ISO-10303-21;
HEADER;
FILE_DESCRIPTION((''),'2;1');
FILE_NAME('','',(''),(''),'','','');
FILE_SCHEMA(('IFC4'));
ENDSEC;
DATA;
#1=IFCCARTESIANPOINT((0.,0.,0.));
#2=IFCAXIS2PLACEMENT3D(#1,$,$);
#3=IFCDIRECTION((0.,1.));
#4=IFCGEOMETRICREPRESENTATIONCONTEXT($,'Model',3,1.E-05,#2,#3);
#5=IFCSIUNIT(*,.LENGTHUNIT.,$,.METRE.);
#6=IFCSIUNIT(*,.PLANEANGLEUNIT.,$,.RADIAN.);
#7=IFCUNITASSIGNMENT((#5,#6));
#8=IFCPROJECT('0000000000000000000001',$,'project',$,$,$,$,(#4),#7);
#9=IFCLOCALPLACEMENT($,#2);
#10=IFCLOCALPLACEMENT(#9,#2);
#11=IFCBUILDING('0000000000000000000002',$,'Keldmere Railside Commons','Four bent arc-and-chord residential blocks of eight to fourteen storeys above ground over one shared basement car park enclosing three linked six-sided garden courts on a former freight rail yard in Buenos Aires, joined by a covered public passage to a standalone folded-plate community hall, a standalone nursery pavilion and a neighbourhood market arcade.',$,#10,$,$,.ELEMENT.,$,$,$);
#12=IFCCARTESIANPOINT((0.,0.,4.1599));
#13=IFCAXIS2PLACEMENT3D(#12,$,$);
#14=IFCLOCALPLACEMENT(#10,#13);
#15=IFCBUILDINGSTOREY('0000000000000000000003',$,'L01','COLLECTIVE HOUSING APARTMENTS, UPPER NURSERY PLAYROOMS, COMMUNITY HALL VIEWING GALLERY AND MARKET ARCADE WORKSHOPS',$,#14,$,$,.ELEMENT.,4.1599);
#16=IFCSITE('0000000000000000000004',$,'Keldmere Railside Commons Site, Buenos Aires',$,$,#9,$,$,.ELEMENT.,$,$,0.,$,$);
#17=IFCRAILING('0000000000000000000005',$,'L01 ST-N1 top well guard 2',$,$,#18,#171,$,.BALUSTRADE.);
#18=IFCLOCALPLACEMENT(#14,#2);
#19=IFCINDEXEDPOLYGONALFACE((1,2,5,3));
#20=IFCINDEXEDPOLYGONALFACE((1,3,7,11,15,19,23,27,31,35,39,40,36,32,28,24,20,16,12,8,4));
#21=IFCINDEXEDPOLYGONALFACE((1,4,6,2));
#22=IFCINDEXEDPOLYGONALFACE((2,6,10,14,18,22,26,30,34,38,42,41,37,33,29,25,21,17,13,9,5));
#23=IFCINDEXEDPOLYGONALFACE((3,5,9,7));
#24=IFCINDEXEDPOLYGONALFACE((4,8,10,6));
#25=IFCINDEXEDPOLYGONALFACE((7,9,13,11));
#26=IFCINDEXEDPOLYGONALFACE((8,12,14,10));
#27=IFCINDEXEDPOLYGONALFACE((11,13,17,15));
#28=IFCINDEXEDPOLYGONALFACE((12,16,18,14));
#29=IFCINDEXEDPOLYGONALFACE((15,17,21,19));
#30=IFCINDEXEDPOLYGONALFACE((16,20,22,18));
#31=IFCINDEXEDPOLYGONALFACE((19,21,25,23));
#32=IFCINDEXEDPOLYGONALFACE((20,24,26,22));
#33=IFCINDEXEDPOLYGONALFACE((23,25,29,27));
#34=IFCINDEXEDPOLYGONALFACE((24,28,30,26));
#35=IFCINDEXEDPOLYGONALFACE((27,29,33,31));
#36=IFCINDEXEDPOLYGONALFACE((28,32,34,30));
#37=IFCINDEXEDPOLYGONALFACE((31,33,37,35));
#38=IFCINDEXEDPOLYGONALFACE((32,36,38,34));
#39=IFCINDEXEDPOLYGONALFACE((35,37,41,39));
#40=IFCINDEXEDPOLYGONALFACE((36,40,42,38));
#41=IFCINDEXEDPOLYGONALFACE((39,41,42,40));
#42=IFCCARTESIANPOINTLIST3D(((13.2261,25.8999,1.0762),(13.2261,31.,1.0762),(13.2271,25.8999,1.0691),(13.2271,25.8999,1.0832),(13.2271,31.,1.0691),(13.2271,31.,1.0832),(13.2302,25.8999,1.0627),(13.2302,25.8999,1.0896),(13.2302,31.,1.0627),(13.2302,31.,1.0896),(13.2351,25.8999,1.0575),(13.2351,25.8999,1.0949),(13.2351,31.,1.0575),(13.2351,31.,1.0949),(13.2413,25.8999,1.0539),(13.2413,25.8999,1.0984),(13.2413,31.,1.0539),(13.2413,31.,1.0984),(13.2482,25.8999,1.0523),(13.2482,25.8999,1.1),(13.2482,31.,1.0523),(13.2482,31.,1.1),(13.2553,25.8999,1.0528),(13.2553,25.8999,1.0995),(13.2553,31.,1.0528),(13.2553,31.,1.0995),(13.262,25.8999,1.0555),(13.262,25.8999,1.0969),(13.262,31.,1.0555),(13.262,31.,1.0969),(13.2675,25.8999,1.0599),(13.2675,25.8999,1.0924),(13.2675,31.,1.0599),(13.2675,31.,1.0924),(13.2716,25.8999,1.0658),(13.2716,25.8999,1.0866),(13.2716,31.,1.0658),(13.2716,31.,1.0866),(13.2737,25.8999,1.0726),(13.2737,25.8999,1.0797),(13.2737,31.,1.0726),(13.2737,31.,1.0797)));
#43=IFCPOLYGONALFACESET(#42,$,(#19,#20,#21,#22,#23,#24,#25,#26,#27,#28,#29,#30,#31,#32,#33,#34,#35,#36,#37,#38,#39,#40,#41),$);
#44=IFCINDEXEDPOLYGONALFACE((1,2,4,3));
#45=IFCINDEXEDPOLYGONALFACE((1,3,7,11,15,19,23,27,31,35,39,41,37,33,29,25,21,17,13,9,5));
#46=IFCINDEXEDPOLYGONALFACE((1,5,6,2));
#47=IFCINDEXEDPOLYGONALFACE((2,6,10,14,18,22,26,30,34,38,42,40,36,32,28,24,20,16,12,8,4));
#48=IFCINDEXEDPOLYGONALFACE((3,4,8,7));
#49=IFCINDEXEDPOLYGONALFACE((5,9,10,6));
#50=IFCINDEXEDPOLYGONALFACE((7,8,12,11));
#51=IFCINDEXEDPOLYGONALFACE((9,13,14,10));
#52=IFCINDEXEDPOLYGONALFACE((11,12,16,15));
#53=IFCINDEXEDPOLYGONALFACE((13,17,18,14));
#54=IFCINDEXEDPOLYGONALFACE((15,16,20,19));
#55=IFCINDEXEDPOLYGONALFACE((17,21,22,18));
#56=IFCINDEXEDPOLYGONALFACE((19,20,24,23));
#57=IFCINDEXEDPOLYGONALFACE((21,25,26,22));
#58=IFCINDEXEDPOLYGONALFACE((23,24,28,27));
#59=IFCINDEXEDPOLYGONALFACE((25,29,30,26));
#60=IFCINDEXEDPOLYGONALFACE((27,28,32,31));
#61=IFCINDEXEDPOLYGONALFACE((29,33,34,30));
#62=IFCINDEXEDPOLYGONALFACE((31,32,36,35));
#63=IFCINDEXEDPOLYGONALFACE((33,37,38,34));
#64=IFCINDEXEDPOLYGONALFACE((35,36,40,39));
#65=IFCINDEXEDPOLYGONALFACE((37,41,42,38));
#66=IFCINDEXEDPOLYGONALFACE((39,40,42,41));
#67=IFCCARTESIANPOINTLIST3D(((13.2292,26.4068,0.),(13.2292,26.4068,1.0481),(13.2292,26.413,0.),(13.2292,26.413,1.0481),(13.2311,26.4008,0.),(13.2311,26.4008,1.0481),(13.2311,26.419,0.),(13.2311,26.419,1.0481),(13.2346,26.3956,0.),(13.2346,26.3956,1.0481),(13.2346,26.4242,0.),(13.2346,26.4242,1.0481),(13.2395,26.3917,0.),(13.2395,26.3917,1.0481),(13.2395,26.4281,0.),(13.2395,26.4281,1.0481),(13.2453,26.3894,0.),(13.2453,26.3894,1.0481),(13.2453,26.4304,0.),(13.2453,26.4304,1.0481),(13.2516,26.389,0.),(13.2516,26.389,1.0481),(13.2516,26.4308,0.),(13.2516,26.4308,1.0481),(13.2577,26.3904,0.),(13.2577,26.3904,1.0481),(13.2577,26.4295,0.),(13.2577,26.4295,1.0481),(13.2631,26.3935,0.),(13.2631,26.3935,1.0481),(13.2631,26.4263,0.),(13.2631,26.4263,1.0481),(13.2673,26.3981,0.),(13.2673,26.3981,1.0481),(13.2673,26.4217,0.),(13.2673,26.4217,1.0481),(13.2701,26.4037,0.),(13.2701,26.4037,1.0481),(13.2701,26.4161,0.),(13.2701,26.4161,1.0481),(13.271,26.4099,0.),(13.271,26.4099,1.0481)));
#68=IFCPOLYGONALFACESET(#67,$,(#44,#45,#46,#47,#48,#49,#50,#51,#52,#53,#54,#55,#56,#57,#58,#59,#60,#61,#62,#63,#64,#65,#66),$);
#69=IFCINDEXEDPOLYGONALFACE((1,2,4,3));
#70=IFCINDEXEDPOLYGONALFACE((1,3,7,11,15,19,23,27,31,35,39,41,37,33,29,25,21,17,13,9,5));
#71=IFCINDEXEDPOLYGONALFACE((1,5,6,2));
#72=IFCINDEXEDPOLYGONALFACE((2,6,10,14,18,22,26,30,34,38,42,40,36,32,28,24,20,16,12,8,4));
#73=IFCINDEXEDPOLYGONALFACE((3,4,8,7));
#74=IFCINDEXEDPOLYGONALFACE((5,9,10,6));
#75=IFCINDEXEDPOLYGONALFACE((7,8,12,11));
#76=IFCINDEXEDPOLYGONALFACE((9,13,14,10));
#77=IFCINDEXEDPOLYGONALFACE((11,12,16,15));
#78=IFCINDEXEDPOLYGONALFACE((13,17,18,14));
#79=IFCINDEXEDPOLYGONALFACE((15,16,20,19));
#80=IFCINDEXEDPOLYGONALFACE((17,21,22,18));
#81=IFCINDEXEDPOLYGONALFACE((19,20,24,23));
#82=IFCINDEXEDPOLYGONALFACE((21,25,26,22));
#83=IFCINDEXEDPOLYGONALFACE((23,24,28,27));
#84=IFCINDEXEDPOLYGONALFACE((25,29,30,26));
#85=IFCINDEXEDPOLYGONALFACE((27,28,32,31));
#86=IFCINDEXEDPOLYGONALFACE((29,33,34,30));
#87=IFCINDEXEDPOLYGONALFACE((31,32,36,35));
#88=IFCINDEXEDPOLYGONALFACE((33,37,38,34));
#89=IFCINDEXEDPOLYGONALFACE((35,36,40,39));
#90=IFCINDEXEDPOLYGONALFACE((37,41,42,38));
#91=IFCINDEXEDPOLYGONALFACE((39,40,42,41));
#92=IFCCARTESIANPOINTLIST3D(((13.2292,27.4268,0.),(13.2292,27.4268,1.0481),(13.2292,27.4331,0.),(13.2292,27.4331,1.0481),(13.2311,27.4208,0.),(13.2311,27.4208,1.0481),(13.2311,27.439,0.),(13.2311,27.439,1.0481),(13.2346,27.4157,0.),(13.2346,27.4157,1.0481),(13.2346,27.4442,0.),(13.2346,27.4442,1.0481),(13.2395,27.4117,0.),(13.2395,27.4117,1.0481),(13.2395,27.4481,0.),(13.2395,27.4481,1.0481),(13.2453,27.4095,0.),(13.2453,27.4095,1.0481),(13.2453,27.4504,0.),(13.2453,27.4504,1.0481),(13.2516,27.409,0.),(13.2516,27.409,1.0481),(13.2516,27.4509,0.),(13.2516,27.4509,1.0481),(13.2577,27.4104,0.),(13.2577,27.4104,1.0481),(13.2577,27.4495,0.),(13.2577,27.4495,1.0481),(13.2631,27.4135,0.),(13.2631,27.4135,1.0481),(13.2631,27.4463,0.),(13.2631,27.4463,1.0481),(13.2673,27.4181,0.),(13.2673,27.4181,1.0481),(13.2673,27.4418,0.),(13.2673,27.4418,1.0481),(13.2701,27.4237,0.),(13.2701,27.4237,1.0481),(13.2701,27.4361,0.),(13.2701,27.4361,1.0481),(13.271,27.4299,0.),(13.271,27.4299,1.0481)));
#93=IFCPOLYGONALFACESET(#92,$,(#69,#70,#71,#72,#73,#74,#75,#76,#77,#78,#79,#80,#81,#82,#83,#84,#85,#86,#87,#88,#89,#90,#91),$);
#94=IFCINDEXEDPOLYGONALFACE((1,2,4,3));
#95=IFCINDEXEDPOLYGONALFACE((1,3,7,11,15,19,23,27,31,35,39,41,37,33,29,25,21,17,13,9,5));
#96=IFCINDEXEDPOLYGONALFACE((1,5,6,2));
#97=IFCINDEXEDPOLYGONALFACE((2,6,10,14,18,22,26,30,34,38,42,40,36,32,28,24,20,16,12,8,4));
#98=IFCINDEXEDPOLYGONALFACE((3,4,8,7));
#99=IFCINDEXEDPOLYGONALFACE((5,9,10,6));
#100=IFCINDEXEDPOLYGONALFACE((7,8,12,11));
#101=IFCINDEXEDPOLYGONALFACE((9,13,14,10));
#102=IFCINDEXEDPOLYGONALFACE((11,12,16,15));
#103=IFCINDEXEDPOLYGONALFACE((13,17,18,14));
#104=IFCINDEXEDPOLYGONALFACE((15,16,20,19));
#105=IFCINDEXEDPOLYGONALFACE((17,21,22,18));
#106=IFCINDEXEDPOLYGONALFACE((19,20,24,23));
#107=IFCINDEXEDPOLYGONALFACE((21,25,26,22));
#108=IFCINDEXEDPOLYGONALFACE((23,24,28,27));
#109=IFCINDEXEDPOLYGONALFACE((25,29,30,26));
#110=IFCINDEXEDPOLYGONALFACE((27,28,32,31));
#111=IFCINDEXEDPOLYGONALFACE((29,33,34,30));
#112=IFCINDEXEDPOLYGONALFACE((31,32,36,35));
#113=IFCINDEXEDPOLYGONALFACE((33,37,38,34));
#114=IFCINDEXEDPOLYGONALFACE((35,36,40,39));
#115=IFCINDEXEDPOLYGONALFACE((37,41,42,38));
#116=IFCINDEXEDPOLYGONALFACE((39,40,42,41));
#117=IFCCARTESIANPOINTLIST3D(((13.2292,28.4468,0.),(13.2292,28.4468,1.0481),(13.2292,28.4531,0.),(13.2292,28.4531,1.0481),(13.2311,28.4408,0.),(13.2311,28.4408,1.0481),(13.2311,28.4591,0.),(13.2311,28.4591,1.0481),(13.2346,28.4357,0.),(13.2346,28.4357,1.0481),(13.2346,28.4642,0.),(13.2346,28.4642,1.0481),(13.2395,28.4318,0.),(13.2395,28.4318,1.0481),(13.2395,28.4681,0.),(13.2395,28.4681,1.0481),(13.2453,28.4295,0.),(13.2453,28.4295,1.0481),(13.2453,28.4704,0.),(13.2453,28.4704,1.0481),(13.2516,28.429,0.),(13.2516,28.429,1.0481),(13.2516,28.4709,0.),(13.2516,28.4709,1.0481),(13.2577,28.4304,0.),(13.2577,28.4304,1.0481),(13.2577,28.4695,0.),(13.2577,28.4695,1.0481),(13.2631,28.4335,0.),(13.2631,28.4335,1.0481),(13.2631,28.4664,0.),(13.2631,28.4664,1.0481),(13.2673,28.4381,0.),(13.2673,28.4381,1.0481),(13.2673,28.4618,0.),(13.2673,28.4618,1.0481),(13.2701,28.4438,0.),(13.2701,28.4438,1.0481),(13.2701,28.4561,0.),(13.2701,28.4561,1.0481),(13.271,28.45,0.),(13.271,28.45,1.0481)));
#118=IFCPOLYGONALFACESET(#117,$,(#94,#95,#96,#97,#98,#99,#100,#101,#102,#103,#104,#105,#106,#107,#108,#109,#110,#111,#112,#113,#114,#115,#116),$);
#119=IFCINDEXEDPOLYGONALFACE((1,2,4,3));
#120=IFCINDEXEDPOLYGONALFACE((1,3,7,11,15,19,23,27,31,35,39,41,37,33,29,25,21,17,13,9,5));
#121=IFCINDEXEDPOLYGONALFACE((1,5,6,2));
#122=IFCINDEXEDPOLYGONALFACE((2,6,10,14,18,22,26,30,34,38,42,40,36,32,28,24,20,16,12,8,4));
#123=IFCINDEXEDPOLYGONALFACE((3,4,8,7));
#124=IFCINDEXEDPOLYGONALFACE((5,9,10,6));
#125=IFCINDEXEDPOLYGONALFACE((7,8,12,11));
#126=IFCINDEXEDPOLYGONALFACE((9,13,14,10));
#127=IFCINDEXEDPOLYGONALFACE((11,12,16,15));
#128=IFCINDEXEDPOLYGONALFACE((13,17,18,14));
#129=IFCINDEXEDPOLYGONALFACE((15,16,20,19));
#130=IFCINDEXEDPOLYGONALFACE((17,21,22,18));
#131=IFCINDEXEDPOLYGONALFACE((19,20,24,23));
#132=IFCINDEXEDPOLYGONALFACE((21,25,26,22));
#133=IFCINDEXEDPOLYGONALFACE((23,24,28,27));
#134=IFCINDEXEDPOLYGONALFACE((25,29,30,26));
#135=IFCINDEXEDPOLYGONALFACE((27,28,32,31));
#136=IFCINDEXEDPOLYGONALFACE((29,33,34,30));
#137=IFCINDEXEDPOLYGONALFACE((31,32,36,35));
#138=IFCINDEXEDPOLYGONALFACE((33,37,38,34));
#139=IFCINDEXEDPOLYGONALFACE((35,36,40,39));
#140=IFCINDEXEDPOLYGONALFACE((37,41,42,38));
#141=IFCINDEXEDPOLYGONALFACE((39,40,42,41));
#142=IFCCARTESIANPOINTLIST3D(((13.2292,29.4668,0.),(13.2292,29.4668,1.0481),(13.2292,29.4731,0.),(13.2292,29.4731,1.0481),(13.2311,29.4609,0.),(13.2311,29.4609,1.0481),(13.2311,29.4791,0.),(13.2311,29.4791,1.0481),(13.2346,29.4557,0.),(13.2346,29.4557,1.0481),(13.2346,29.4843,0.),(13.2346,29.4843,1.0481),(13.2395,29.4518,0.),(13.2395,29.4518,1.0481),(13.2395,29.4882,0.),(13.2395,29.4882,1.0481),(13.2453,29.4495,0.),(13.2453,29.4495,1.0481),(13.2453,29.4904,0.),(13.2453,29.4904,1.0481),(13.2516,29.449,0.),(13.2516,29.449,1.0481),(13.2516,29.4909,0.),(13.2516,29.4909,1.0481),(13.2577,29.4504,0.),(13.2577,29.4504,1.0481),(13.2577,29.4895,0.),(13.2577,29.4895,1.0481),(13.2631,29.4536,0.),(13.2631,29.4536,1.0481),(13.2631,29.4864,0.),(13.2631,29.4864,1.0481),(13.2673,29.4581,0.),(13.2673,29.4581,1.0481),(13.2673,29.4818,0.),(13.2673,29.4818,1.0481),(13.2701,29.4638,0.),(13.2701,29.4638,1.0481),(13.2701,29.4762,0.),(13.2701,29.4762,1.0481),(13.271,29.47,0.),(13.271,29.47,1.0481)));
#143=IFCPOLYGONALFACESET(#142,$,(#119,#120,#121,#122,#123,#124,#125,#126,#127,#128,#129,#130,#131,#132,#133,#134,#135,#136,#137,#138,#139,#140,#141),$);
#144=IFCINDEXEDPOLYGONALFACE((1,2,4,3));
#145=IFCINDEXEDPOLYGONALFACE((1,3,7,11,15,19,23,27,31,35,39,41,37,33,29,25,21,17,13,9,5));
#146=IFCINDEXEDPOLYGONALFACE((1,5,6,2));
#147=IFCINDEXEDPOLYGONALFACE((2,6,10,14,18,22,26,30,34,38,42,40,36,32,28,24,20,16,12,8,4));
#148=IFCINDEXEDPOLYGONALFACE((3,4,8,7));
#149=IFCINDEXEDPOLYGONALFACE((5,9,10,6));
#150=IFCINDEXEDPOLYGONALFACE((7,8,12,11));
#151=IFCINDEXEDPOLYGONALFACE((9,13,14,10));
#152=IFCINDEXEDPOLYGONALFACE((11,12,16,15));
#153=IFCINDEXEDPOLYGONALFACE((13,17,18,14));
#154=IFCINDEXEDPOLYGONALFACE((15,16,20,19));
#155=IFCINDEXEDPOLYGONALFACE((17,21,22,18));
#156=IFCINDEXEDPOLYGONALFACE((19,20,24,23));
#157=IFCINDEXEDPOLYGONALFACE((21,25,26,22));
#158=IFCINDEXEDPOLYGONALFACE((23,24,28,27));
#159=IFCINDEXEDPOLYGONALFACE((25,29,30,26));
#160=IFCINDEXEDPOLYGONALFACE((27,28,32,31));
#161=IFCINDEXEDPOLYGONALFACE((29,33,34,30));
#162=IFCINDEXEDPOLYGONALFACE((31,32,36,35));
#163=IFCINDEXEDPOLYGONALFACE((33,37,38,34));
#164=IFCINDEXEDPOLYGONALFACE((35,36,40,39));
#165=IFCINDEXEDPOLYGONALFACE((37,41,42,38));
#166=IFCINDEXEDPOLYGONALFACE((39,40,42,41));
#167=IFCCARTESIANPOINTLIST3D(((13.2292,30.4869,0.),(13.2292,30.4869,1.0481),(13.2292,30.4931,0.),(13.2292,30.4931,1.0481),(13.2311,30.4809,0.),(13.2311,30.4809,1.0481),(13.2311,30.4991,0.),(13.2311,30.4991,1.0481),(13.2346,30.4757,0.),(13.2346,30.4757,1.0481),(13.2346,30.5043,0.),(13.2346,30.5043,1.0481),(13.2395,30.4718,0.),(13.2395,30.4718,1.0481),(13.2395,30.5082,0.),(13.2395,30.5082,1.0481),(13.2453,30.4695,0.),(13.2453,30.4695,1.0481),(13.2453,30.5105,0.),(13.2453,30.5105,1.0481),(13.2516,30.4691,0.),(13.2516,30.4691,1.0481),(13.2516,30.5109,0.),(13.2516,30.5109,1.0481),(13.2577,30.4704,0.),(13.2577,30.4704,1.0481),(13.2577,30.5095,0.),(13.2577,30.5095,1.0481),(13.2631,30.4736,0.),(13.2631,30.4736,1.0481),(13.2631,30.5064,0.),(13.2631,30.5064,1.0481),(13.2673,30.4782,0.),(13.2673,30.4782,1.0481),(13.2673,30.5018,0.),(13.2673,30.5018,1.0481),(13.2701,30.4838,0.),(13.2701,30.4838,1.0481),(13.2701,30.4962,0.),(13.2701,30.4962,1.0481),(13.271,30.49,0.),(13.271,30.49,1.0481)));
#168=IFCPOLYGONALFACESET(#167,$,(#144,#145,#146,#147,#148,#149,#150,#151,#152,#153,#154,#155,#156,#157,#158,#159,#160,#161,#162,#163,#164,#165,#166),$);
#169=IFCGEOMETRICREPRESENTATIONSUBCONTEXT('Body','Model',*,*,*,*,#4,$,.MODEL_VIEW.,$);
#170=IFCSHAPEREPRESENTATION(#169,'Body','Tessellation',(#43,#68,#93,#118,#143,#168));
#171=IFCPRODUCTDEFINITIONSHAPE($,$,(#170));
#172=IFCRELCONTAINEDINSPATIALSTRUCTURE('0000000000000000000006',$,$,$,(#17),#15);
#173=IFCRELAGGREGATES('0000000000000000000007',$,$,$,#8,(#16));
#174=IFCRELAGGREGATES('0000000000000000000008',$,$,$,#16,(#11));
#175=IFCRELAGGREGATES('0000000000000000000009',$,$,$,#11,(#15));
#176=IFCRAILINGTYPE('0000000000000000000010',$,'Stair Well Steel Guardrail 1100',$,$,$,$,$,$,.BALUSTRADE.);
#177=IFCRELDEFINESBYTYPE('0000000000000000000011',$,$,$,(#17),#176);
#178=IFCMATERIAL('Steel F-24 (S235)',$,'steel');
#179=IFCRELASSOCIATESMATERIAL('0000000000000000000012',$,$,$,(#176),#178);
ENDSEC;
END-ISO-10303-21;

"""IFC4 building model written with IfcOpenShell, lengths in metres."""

from ifc_helpers import new_model, si_unit, direction, frame, origin, origin_2d, place, context, subcontext, project, spatial, circle, extrude, material, type_object, element, save


model = new_model("IFC4")

# Units and contexts
model_context = context("Model", 3, precision=1e-05, world=origin(), true_north=direction((0.0, 1.0)))
body_context = subcontext(model_context, "Body", "Model", "MODEL_VIEW")
ifc_project = project(units=[si_unit("LENGTHUNIT", "METRE"), si_unit("PLANEANGLEUNIT", "RADIAN")], contexts=[model_context])

# Site, building, storey
site_placement = place(None, origin())
site = spatial("IfcSite", under=ifc_project, at=site_placement, Name="Keldmere Railside Commons Site, Buenos Aires", CompositionType="ELEMENT", RefElevation=0.0)
building_placement = place(site_placement, origin())
building = spatial("IfcBuilding", under=site, at=building_placement, Name="Keldmere Railside Commons", Description="Four bent arc-and-chord residential blocks of eight to fourteen storeys above ground over one shared basement car park enclosing three linked six-sided garden courts on a former freight rail yard in Buenos Aires, joined by a covered public passage to a standalone folded-plate community hall, a standalone nursery pavilion and a neighbourhood market arcade.", CompositionType="ELEMENT")
storey_placement = place(building_placement, frame((0.0, 0.0, 4.1599)))
storey = spatial("IfcBuildingStorey", under=building, at=storey_placement, Name="L01", Description="COLLECTIVE HOUSING APARTMENTS, UPPER NURSERY PLAYROOMS, COMMUNITY HALL VIEWING GALLERY AND MARKET ARCADE WORKSHOPS", CompositionType="ELEMENT", Elevation=4.1599)

# Shared definitions
ifc_material_1 = material(Name="Steel F-24 (S235)", Category="steel")

# Railing
railing_type = type_object("IfcRailingType", Name="Stair Well Steel Guardrail 1100", PredefinedType="BALUSTRADE", material=ifc_material_1)
for number, where, name in (
    (1, (13.25, 25.8999, 0.0), "L01 ST-N1 top well guard 2"),
):
    element("IfcRailing", number, at=place(storey_placement, frame(where)), inside=storey, type_object=railing_type, Name=name, PredefinedType="BALUSTRADE", context=body_context, shape_type="SweptSolid", body=[
        extrude(circle(Radius=0.0239, at=origin_2d()), frame((0.0, 0.0, 1.0762), z_axis=(0.0, 1.0, 0.0), x_axis=(-1.0, 0.0, 0.0)), (0.0, 0.0, 1.0), 5.1001),
        extrude(circle(Radius=0.021, at=origin_2d()), frame((0.0, 0.51, 0.0)), (0.0, 0.0, 1.0), 1.0481),
        extrude(circle(Radius=0.021, at=origin_2d()), frame((0.0, 1.53, 0.0)), (0.0, 0.0, 1.0), 1.0481),
        extrude(circle(Radius=0.021, at=origin_2d()), frame((0.0, 2.55, 0.0)), (0.0, 0.0, 1.0), 1.0481),
        extrude(circle(Radius=0.021, at=origin_2d()), frame((0.0, 3.5701, 0.0)), (0.0, 0.0, 1.0), 1.0481),
        extrude(circle(Radius=0.021, at=origin_2d()), frame((0.0, 4.5901, 0.0)), (0.0, 0.0, 1.0), 1.0481),
    ])

save(model, "model.ifc")
